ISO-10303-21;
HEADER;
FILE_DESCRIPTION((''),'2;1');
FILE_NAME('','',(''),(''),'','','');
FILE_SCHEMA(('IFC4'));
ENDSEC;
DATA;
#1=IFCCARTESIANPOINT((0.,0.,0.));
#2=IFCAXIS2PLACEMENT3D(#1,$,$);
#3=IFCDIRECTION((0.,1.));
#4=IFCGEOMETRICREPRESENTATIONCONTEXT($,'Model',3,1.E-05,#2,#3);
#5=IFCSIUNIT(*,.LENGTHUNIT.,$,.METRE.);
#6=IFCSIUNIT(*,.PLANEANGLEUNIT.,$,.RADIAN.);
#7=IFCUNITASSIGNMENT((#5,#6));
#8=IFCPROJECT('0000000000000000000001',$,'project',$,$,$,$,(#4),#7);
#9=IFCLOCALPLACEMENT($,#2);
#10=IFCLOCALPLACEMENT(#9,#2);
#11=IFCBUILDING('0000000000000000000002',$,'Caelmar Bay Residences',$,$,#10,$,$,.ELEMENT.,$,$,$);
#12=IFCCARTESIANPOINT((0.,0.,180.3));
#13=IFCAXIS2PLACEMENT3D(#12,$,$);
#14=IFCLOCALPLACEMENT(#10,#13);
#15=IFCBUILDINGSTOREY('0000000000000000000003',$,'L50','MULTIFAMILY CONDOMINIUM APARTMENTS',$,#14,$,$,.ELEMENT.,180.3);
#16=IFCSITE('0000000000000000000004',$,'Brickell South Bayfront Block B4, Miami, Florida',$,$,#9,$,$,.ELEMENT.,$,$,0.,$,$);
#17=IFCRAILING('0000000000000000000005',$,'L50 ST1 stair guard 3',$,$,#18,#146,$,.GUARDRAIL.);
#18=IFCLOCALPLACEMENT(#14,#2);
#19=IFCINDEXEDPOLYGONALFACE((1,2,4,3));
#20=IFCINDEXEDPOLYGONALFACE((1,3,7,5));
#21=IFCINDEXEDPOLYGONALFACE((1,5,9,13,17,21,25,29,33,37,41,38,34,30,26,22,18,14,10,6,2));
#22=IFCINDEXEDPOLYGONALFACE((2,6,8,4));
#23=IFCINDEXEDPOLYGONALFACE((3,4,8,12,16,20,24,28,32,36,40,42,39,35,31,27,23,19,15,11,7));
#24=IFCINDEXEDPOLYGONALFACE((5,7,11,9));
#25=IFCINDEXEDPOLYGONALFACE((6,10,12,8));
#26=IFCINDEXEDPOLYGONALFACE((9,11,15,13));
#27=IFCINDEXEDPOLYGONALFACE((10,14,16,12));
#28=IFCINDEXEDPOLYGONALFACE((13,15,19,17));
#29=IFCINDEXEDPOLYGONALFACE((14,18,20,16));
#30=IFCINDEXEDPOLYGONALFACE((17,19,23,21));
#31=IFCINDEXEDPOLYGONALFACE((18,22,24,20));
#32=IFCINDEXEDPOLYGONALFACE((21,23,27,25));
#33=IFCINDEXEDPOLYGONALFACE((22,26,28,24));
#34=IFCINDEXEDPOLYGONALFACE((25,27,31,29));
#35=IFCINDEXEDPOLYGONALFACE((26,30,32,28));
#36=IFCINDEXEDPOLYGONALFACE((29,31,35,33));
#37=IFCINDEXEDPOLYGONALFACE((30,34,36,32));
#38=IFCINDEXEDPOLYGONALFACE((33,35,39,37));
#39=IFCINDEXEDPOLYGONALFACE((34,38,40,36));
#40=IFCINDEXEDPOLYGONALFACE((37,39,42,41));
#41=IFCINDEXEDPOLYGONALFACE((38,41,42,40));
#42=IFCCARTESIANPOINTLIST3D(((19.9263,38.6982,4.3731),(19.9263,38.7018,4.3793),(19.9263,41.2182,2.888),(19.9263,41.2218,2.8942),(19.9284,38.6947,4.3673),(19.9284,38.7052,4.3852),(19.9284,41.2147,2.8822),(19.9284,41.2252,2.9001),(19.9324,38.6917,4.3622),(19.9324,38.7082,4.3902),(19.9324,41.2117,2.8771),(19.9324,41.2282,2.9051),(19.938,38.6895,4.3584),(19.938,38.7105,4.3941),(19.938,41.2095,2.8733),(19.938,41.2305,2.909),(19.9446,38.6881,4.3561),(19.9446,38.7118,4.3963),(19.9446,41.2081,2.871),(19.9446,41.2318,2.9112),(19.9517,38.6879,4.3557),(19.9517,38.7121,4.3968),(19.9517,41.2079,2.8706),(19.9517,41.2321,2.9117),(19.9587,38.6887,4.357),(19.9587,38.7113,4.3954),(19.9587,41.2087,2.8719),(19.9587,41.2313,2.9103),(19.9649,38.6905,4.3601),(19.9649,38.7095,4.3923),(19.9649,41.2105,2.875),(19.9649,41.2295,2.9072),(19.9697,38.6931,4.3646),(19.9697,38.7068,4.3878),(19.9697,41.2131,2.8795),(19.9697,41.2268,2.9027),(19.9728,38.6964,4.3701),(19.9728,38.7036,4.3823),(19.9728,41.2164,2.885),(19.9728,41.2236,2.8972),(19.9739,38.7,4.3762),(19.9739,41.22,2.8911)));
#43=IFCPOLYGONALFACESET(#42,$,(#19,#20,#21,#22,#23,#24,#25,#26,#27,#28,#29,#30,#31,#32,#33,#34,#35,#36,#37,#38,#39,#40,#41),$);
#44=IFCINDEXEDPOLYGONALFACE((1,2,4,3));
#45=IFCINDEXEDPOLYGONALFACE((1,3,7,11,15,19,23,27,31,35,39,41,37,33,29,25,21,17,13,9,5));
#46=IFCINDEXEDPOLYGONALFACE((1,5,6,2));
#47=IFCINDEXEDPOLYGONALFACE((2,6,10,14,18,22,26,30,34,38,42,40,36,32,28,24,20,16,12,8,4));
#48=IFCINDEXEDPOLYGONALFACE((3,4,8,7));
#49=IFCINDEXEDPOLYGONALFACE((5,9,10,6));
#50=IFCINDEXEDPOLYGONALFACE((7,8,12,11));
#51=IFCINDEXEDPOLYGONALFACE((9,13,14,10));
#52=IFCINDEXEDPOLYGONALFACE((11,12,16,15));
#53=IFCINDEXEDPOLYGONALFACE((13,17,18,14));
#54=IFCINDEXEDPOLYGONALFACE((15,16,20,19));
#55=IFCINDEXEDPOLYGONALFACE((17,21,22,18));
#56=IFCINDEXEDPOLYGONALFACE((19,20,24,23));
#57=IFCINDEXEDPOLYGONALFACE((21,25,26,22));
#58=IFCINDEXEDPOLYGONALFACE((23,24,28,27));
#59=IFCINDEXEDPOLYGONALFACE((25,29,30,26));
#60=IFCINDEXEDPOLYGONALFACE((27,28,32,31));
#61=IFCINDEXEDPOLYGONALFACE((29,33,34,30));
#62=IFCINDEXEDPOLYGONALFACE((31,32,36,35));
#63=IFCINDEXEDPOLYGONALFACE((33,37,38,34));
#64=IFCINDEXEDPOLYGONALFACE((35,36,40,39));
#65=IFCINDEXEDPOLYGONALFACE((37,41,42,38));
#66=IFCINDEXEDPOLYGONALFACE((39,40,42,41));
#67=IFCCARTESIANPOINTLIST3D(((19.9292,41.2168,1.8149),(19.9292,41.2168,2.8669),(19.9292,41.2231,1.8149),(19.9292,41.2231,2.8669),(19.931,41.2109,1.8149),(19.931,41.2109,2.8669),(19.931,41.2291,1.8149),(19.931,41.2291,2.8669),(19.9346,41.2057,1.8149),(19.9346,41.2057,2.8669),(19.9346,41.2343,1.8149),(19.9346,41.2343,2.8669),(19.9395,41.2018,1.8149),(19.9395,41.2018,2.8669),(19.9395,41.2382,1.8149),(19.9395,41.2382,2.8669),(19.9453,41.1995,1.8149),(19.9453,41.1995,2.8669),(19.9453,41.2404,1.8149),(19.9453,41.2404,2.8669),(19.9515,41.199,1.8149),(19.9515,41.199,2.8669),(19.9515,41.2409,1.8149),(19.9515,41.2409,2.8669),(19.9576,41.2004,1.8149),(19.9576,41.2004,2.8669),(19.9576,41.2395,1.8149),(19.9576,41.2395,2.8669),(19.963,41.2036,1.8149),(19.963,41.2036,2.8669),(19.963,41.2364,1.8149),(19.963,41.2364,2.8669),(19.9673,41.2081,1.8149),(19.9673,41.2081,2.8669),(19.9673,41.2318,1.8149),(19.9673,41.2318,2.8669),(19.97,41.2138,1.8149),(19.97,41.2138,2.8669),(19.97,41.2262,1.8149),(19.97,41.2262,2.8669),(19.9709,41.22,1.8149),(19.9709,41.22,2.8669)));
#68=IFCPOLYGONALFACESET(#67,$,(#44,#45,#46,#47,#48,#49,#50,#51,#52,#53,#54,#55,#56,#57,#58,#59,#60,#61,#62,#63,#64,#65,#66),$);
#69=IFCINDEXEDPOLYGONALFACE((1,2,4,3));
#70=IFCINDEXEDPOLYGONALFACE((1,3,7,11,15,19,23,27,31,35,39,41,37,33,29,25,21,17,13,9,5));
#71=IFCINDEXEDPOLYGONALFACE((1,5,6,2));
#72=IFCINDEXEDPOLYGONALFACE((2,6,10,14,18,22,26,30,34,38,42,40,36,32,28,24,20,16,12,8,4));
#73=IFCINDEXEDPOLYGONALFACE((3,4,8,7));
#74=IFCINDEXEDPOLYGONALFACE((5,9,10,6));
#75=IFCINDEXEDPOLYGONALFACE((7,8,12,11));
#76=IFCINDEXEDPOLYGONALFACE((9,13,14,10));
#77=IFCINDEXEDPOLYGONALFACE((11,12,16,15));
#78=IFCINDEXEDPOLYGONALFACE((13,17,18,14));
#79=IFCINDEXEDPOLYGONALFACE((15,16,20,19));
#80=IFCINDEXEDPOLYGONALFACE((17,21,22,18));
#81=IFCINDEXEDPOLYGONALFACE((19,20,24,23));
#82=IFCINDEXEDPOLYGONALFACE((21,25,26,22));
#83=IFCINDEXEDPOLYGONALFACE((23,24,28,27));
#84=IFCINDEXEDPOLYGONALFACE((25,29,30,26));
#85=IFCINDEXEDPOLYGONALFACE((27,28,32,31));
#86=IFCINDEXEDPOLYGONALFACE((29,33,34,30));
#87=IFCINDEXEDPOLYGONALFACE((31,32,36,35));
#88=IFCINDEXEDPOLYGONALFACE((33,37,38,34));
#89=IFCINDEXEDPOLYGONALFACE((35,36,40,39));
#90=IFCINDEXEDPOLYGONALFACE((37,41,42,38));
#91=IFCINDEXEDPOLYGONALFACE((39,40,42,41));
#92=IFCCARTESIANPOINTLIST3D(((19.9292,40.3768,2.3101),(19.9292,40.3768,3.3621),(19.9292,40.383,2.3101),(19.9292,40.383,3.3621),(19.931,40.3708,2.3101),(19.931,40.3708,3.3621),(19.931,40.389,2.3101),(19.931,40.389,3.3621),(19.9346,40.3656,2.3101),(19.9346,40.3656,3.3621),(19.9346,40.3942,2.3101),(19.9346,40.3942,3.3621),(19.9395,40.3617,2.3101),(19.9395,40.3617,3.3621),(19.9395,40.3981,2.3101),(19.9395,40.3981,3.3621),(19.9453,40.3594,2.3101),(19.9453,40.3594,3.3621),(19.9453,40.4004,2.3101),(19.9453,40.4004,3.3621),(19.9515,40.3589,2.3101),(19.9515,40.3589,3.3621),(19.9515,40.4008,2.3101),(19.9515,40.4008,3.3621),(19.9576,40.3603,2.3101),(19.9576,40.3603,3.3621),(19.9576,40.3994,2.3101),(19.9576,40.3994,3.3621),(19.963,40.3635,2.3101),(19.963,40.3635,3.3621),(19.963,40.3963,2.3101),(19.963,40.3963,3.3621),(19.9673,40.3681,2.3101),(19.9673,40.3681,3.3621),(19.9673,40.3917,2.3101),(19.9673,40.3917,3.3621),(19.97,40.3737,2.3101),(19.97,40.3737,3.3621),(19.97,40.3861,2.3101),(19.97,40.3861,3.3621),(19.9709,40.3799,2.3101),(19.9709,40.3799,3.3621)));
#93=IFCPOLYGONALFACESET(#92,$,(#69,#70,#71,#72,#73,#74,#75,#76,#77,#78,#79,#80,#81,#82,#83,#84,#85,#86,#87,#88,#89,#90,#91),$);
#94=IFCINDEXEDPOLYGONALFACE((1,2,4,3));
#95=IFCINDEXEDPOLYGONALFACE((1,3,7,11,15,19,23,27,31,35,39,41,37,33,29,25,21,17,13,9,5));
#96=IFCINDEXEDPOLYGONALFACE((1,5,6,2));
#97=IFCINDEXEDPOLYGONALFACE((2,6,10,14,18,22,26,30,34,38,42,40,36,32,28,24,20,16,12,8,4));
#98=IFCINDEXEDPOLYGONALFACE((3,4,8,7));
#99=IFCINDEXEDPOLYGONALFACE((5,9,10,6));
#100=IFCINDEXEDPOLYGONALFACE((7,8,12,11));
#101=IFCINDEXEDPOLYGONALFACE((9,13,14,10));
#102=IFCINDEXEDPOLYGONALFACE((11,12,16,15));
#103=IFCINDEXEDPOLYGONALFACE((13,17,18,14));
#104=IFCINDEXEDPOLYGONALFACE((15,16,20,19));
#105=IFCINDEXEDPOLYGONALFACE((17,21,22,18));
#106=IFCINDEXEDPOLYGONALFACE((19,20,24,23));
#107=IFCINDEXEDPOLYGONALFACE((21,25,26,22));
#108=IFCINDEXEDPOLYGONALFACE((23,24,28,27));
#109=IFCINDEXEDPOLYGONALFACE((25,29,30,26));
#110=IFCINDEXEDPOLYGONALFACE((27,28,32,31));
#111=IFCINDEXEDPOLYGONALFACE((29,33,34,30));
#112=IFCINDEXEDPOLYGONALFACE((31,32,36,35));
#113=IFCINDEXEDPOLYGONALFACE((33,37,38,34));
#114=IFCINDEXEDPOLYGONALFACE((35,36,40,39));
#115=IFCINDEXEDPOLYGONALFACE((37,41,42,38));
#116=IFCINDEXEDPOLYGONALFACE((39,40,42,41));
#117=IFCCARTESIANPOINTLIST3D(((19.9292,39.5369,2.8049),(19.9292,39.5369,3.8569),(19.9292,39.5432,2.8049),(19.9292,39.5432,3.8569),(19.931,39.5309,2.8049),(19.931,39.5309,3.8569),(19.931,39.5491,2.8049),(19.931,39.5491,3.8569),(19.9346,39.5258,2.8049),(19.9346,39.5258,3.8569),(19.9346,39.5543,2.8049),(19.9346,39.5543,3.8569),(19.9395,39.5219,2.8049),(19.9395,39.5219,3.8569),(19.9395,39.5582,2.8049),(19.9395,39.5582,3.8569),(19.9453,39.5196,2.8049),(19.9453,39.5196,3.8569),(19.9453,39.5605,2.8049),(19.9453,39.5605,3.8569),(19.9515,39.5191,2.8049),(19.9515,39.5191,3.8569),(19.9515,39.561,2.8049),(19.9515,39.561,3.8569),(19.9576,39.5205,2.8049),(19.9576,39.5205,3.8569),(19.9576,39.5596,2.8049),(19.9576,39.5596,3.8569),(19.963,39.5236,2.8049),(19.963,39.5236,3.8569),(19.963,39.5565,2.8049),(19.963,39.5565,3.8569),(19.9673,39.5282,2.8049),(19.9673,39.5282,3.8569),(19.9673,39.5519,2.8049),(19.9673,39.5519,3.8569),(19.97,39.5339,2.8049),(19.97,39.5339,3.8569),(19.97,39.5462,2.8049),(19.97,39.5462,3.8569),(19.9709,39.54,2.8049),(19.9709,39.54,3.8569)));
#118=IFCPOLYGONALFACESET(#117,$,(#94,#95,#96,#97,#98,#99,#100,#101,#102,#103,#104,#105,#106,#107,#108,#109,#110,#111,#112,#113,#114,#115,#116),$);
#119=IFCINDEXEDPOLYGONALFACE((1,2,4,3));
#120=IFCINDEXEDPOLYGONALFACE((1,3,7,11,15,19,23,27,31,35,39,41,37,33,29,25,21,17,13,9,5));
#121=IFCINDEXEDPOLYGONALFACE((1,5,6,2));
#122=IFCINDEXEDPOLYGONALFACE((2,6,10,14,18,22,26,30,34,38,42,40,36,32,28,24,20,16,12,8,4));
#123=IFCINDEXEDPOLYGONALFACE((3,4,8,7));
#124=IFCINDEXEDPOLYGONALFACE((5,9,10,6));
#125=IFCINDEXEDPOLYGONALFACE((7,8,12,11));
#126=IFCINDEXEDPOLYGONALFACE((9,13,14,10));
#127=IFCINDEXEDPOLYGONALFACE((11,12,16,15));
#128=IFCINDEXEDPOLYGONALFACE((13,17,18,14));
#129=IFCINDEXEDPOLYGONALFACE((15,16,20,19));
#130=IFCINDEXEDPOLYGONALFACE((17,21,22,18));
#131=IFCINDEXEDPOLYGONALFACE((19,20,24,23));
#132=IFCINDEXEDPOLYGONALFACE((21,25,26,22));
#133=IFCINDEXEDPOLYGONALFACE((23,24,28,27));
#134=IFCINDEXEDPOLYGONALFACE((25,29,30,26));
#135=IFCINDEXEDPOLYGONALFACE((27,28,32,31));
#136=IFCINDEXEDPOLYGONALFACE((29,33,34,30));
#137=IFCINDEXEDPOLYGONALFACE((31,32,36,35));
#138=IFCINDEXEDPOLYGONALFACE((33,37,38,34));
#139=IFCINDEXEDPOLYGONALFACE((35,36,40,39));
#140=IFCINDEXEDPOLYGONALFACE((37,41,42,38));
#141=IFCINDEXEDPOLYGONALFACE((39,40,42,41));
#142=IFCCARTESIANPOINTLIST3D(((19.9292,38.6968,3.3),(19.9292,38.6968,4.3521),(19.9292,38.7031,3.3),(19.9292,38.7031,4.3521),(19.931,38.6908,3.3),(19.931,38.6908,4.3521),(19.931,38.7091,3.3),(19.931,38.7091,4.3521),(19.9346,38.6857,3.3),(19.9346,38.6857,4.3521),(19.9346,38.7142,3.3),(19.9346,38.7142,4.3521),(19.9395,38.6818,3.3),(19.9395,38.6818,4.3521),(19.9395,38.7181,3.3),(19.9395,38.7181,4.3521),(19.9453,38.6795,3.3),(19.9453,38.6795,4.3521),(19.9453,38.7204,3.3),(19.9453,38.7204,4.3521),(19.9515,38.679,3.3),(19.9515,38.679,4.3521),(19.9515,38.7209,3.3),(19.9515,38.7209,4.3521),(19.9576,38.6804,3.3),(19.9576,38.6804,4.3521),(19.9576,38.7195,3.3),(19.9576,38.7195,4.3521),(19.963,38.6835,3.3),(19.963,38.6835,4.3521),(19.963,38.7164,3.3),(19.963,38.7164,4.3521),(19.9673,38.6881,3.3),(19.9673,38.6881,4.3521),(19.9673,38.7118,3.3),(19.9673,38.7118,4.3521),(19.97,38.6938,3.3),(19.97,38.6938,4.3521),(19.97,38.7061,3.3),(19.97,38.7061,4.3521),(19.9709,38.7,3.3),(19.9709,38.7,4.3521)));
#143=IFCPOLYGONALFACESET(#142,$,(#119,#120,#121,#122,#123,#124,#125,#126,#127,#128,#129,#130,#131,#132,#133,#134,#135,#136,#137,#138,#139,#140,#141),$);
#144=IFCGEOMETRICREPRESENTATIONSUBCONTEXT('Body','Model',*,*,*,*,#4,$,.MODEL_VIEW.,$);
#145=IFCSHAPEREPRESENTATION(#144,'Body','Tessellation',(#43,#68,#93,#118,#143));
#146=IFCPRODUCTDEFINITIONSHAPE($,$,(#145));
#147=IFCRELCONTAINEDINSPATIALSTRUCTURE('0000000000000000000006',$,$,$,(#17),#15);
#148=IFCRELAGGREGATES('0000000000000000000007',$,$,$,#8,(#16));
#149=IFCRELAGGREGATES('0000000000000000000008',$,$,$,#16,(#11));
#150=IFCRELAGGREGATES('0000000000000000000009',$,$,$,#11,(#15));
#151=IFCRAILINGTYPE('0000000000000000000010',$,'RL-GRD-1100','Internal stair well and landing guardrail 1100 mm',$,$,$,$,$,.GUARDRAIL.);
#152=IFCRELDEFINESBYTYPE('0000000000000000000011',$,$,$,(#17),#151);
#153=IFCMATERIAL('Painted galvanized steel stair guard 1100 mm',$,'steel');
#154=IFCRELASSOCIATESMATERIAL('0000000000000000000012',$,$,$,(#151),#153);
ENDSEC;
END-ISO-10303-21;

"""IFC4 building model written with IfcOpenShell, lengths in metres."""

from ifc_helpers import new_model, si_unit, direction, frame, origin, origin_2d, place, context, subcontext, project, spatial, circle, extrude, material, type_object, element, save


model = new_model("IFC4")

# Units and contexts
model_context = context("Model", 3, precision=1e-05, world=origin(), true_north=direction((0.0, 1.0)))
body_context = subcontext(model_context, "Body", "Model", "MODEL_VIEW")
ifc_project = project(units=[si_unit("LENGTHUNIT", "METRE"), si_unit("PLANEANGLEUNIT", "RADIAN")], contexts=[model_context])

# Site, building, storey
site_placement = place(None, origin())
site = spatial("IfcSite", under=ifc_project, at=site_placement, Name="Brickell South Bayfront Block B4, Miami, Florida", CompositionType="ELEMENT", RefElevation=0.0)
building_placement = place(site_placement, origin())
building = spatial("IfcBuilding", under=site, at=building_placement, Name="Caelmar Bay Residences", CompositionType="ELEMENT")
storey_placement = place(building_placement, frame((0.0, 0.0, 180.3)))
storey = spatial("IfcBuildingStorey", under=building, at=storey_placement, Name="L50", Description="MULTIFAMILY CONDOMINIUM APARTMENTS", CompositionType="ELEMENT", Elevation=180.3)

# Railing
ifc_material_1 = material(Name="Painted galvanized steel stair guard 1100 mm", Category="steel")
railing_type_1 = type_object("IfcRailingType", Name="RL-GRD-1100", Description="Internal stair well and landing guardrail 1100 mm", PredefinedType="GUARDRAIL", material=ifc_material_1)
railing_1_placement = place(storey_placement, frame((19.95, 41.22, 1.8149)))
element("IfcRailing", 1, at=railing_1_placement, inside=storey, type_object=railing_type_1, Name="L50 ST1 stair guard 3", PredefinedType="GUARDRAIL", context=body_context, shape_type="SweptSolid", body=[
    extrude(circle(Radius=0.0239, at=origin_2d()), frame((0.0, 0.0, 1.0762), z_axis=(0.0, -0.861524, 0.507717), x_axis=(1.0, 0.0, 0.0)), (0.0, 0.0, 1.0), 2.925),
    extrude(circle(Radius=0.021, at=origin_2d()), origin(), (0.0, 0.0, 1.0), 1.052),
    extrude(circle(Radius=0.021, at=origin_2d()), frame((0.0, -0.8401, 0.4951)), (0.0, 0.0, 1.0), 1.052),
    extrude(circle(Radius=0.021, at=origin_2d()), frame((0.0, -1.6799, 0.99)), (0.0, 0.0, 1.0), 1.052),
    extrude(circle(Radius=0.021, at=origin_2d()), frame((0.0, -2.52, 1.4851)), (0.0, 0.0, 1.0), 1.052),
])

save(model, "model.ifc")
